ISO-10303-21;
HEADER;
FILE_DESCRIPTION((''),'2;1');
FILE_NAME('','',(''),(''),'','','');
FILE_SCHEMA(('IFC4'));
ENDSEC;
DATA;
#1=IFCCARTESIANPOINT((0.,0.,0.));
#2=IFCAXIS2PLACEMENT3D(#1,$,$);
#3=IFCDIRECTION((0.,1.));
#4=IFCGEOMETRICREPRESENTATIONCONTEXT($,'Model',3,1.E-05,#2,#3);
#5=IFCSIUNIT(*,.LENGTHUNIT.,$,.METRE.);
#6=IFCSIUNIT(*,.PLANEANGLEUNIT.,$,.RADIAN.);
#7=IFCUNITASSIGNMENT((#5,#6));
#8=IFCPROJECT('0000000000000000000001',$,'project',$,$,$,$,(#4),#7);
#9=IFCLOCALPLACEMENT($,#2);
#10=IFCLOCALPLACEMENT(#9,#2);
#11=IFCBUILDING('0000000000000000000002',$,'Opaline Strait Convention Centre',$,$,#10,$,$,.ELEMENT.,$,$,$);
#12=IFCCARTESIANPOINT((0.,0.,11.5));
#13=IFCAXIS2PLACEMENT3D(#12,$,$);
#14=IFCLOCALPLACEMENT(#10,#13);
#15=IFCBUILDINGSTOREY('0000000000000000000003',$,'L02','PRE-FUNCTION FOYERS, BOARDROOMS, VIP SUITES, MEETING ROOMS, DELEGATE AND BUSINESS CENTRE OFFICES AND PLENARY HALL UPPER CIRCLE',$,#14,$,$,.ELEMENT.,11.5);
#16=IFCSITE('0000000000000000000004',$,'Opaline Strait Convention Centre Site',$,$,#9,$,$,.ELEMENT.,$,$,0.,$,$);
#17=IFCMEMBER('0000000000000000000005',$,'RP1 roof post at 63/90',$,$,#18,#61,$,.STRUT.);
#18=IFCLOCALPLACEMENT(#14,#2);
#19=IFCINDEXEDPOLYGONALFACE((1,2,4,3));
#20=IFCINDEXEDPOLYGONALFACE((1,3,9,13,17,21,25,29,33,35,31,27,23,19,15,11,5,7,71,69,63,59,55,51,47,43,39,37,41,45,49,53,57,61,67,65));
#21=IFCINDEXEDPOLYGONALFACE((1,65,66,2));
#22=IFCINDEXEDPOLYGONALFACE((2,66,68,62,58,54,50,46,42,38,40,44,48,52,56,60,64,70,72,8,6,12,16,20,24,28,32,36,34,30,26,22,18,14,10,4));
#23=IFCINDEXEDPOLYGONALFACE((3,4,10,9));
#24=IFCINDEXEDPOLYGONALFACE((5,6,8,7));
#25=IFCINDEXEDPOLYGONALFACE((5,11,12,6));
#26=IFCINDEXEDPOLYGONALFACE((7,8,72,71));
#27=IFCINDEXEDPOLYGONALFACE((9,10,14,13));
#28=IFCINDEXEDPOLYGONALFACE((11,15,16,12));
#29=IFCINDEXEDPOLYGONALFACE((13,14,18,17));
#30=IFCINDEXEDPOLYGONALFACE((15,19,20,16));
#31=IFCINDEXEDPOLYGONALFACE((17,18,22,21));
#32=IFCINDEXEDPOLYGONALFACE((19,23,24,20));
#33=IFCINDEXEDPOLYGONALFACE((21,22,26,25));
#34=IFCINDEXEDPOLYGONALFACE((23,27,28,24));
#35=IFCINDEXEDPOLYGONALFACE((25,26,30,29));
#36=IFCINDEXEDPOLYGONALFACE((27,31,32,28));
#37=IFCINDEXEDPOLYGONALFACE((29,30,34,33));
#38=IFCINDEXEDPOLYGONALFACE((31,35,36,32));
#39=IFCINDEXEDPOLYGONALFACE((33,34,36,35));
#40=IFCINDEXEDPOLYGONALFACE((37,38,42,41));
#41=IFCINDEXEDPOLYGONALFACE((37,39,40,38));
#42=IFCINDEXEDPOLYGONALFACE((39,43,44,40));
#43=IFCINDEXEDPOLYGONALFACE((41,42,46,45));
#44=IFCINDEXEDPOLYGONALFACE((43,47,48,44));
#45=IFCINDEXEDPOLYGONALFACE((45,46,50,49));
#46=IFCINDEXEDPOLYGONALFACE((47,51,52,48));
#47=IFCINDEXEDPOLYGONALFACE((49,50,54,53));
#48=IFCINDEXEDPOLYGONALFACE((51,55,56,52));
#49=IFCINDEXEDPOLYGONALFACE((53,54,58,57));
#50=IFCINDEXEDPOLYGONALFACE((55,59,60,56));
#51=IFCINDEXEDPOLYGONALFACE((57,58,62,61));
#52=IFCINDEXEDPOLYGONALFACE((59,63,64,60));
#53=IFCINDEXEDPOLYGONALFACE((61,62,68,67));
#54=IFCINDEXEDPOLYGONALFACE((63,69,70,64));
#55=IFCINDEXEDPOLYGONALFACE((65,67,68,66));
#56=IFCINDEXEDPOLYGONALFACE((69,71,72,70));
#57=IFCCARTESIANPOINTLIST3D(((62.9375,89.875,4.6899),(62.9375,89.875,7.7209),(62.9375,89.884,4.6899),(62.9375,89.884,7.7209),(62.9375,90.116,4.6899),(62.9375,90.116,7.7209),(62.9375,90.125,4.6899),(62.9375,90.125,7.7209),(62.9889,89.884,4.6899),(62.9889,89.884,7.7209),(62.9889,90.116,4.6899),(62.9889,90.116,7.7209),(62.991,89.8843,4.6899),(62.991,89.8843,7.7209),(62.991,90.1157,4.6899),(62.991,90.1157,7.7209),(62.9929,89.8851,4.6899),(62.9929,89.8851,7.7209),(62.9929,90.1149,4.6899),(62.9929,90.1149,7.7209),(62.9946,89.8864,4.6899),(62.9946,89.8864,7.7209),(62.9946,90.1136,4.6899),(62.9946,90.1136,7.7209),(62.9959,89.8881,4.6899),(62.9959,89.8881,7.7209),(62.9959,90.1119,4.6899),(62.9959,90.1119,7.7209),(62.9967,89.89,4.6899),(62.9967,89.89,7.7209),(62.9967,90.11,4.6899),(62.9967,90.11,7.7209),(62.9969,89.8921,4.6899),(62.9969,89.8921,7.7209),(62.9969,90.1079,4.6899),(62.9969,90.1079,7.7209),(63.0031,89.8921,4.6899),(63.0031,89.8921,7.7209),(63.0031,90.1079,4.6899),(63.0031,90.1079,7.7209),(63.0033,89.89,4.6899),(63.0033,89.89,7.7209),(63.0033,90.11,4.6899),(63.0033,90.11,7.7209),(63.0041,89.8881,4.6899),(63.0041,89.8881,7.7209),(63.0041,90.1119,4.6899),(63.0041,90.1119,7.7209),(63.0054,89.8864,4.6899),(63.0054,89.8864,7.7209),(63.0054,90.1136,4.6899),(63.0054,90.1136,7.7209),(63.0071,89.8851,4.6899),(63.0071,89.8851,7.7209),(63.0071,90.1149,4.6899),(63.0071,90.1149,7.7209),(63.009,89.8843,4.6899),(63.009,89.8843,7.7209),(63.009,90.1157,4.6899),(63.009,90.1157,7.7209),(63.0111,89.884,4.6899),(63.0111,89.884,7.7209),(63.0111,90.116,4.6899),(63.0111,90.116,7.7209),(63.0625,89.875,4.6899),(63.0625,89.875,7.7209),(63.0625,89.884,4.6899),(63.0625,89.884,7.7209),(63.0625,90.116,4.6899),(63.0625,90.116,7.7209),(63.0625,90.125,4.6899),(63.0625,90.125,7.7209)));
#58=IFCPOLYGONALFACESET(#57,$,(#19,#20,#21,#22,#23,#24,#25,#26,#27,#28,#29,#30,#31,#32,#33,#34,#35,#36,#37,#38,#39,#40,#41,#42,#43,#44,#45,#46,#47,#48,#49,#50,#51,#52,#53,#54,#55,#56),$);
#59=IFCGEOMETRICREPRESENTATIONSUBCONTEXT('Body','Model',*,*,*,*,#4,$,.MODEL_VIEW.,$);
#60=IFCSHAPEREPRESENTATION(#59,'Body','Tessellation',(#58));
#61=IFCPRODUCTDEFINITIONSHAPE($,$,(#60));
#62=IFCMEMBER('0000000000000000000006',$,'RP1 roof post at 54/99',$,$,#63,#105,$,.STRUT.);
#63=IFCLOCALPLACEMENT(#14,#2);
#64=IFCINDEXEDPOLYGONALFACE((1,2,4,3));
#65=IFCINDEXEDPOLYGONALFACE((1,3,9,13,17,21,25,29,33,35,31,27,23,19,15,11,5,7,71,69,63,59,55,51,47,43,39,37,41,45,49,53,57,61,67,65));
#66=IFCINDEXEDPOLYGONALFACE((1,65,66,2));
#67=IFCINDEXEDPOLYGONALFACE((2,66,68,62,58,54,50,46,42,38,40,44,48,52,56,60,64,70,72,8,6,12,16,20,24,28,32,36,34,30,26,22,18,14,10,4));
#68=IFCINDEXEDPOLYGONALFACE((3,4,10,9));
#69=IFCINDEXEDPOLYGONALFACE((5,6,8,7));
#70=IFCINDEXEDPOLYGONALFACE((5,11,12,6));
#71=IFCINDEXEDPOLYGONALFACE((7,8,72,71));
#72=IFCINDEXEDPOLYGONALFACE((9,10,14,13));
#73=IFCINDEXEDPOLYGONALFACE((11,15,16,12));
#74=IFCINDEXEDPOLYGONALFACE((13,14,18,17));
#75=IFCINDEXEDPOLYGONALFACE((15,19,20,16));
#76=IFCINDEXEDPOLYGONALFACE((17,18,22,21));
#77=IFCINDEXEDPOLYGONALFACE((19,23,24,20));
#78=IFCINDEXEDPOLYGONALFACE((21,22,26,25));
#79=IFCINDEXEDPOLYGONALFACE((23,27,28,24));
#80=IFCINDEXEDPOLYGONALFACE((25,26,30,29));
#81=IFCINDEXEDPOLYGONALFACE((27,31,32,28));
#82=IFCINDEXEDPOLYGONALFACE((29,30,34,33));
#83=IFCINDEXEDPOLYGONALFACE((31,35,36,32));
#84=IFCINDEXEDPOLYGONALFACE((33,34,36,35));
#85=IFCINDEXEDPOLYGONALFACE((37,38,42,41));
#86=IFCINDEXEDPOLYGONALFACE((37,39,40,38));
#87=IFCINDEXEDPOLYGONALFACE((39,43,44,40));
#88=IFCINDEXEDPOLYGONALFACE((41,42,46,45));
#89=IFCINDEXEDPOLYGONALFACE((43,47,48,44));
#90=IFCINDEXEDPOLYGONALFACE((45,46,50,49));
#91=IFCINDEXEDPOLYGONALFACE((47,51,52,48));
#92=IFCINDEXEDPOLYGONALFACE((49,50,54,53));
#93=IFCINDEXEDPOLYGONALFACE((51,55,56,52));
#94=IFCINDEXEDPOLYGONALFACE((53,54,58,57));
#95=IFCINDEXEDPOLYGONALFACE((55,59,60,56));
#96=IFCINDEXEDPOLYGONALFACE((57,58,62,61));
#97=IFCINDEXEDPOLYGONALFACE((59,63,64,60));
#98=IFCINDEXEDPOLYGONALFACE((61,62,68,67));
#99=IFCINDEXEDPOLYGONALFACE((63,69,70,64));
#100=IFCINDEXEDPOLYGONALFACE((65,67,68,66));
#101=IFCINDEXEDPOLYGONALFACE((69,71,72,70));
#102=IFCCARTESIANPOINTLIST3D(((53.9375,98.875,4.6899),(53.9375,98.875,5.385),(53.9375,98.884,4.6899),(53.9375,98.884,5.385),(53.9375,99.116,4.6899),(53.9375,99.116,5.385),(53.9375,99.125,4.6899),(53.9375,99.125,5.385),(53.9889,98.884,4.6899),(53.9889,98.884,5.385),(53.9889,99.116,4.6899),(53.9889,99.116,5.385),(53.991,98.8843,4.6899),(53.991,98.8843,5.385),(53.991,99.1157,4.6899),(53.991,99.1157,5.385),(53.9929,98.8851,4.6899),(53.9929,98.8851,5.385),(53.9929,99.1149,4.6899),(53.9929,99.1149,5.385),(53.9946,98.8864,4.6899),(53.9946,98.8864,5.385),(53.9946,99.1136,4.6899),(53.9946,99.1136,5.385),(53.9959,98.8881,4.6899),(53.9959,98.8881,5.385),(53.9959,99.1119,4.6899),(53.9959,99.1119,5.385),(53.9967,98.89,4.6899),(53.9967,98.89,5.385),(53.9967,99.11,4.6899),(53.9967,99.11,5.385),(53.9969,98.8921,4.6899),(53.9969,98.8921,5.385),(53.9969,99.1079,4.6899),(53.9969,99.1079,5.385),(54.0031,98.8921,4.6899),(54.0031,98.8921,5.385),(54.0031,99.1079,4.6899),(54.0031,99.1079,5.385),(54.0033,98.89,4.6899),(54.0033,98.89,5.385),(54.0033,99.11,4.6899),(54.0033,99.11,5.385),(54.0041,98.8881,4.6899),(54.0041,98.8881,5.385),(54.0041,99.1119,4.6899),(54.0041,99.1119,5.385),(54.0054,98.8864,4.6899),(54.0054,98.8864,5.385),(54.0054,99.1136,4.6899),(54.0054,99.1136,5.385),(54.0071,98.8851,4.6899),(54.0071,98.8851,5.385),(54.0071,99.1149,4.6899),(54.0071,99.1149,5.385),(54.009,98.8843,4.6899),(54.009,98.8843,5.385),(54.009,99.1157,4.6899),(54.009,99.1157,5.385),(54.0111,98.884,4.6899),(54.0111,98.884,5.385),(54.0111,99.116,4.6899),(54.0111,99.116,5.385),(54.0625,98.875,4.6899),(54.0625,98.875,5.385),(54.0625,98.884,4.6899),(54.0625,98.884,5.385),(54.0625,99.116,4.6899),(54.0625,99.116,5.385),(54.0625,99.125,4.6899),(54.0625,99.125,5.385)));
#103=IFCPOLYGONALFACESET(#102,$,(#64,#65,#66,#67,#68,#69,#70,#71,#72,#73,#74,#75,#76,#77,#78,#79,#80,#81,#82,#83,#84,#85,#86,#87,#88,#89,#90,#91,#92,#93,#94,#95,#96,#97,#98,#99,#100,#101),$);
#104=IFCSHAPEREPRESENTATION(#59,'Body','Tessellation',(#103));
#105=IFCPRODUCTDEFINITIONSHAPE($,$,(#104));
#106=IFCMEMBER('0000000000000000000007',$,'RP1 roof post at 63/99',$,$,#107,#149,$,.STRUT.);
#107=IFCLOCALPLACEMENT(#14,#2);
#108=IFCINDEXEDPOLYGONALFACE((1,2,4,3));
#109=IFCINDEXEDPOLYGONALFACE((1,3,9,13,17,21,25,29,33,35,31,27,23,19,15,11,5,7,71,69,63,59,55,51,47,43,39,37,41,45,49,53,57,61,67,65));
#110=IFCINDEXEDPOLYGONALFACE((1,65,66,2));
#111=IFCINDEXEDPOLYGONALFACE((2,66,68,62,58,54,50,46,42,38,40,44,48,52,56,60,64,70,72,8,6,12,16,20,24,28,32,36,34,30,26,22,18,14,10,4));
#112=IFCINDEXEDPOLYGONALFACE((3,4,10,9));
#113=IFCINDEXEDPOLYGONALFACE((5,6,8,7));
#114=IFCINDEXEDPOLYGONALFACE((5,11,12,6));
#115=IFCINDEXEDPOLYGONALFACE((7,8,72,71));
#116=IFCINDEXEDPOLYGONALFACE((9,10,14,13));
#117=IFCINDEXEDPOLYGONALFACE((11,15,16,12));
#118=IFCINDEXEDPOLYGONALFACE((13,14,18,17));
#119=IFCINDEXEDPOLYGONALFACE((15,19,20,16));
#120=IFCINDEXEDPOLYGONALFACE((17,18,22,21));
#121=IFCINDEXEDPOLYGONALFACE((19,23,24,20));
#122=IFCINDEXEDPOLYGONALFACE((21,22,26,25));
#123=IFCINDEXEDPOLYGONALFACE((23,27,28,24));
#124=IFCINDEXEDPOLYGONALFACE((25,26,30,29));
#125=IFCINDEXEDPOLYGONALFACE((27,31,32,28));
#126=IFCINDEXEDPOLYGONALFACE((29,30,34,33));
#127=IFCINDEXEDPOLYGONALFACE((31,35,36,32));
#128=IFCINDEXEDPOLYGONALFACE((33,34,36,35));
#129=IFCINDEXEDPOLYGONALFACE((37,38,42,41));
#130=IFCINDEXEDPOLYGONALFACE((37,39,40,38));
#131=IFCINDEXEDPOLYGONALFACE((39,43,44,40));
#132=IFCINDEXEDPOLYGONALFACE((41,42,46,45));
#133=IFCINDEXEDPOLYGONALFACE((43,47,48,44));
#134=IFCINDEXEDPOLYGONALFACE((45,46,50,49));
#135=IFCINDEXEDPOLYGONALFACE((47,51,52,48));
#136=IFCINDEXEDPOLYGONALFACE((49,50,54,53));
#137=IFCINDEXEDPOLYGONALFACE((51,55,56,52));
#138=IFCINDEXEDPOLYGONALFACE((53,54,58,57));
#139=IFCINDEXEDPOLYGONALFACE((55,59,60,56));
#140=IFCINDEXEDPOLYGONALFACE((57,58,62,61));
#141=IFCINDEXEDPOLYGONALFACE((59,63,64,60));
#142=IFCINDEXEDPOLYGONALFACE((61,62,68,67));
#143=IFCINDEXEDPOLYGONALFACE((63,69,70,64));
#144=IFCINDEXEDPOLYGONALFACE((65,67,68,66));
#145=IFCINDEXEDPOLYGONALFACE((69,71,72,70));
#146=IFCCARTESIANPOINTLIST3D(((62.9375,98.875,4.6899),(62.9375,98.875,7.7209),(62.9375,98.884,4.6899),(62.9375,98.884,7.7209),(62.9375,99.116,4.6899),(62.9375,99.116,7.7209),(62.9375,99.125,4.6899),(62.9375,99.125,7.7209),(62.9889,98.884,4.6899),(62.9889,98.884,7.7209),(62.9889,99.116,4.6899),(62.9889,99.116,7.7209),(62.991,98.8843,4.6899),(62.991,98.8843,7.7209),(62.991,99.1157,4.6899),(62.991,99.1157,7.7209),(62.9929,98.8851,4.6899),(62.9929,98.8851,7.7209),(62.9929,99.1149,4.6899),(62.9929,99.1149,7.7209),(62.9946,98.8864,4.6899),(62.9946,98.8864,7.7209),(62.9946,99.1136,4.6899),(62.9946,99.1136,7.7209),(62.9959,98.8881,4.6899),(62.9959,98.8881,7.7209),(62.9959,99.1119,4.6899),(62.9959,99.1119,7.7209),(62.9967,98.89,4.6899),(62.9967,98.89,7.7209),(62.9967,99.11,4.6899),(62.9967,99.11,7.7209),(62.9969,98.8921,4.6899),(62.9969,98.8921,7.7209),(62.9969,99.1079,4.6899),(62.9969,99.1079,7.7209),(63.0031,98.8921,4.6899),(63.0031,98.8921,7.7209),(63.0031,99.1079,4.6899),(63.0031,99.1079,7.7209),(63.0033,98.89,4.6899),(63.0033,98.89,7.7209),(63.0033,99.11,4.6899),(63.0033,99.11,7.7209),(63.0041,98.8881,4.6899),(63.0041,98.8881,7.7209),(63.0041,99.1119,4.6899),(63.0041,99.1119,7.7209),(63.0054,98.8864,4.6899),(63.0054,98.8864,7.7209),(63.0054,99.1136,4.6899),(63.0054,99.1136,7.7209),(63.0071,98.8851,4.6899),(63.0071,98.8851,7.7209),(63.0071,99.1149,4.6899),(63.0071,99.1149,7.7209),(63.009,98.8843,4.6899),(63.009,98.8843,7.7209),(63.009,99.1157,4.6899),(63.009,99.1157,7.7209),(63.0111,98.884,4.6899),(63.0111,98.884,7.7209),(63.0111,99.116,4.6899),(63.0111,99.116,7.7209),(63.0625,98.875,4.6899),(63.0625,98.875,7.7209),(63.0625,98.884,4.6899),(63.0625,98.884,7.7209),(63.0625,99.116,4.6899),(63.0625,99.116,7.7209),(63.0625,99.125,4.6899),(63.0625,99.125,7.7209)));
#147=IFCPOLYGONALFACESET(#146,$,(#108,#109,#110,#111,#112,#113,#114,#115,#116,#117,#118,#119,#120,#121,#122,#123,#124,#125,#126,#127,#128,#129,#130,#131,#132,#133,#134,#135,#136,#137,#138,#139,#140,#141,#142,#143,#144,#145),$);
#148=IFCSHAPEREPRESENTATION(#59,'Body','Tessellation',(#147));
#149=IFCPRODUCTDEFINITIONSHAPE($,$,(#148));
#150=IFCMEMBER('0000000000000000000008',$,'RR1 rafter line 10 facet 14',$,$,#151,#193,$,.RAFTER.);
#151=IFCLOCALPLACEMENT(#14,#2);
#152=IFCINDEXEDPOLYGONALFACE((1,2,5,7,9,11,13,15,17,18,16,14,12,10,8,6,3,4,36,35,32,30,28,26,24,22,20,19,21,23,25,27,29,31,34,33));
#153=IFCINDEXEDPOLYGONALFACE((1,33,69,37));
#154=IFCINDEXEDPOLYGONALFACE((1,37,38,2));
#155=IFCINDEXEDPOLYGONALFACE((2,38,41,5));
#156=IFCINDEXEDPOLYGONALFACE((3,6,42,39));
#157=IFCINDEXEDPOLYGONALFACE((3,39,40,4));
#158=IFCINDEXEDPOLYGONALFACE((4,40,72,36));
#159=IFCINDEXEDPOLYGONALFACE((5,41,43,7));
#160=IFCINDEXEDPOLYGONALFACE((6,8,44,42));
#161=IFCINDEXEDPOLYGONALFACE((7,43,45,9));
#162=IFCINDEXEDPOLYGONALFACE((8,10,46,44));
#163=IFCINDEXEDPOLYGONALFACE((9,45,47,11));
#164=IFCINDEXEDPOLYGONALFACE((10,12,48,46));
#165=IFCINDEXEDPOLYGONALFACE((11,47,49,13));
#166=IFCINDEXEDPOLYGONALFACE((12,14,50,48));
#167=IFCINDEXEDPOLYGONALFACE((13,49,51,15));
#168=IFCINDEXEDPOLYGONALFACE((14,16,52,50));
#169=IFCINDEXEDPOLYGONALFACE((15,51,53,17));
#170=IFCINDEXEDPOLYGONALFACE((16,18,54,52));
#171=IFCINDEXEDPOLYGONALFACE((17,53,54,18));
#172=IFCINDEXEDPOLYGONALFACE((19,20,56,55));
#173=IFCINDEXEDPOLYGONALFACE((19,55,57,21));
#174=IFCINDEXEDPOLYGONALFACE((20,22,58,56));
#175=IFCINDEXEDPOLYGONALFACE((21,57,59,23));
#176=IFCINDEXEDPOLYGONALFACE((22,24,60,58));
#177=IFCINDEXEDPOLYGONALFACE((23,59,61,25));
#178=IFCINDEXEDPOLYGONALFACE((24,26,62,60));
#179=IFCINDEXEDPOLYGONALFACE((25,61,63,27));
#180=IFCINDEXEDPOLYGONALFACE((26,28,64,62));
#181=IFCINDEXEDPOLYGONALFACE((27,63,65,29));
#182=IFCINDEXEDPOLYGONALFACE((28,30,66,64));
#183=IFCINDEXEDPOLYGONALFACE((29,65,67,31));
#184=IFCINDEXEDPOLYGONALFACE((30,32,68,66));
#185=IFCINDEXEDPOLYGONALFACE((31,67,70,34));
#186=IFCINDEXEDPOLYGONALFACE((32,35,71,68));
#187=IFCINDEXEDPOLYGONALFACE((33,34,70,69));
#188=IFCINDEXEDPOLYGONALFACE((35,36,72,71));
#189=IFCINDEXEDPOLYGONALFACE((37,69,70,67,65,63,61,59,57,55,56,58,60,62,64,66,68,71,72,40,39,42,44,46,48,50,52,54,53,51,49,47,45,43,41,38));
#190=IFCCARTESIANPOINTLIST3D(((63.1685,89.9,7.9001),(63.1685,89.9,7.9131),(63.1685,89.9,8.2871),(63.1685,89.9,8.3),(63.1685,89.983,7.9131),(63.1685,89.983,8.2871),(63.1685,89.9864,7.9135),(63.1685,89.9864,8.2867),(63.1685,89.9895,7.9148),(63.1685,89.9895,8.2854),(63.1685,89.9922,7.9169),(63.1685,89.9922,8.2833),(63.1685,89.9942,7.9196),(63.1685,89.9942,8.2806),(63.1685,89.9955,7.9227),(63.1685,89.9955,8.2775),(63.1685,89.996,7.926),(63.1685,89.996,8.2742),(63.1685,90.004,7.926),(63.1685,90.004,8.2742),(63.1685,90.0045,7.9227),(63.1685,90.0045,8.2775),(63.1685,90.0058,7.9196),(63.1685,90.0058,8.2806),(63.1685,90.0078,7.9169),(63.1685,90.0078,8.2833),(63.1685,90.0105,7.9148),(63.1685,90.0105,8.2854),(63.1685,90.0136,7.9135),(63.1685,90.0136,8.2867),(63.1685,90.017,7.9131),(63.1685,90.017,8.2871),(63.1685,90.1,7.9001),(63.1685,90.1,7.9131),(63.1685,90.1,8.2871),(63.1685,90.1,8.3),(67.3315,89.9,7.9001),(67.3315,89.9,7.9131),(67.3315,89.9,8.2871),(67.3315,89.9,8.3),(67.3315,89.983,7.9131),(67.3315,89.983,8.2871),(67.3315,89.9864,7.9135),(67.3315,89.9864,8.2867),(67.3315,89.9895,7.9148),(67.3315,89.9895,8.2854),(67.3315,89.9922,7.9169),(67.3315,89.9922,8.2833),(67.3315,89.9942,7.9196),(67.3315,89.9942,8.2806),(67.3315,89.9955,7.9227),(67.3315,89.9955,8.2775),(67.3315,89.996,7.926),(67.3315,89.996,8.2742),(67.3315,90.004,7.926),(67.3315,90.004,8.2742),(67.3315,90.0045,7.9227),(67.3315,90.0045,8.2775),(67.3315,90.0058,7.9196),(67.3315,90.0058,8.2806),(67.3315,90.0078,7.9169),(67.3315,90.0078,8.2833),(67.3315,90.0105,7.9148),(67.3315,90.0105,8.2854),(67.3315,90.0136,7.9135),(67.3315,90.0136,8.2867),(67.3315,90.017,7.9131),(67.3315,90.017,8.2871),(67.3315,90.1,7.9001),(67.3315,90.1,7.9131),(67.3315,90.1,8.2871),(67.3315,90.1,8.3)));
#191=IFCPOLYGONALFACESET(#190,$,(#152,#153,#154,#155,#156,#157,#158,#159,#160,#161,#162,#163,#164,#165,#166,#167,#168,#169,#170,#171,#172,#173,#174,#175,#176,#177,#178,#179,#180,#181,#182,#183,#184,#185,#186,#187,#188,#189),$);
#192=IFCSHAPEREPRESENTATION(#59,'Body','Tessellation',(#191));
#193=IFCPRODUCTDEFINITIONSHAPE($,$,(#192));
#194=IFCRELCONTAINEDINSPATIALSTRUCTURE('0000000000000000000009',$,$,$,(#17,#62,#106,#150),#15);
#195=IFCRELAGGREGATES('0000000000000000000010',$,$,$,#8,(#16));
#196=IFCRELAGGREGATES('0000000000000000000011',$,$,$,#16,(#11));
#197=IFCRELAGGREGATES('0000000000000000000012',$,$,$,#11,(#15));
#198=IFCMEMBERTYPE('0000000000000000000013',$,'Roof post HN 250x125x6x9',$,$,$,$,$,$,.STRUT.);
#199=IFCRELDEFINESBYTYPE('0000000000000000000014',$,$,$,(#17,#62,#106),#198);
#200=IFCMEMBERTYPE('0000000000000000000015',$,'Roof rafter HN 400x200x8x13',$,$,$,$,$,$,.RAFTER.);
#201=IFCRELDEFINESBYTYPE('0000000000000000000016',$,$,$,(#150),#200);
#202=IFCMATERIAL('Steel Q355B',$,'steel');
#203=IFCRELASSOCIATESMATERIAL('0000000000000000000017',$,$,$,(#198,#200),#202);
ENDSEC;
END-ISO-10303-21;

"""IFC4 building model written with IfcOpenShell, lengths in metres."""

from ifc_helpers import new_model, si_unit, direction, frame, origin, origin_2d, place, context, subcontext, project, spatial, i_section, extrude, material, material_profile, profile_set, type_object, element, save


model = new_model("IFC4")

# Units and contexts
model_context = context("Model", 3, precision=1e-05, world=origin(), true_north=direction((0.0, 1.0)))
body_context = subcontext(model_context, "Body", "Model", "MODEL_VIEW")
ifc_project = project(units=[si_unit("LENGTHUNIT", "METRE"), si_unit("PLANEANGLEUNIT", "RADIAN")], contexts=[model_context])

# Site, building, storey
site_placement = place(None, origin())
site = spatial("IfcSite", under=ifc_project, at=site_placement, Name="Opaline Strait Convention Centre Site", CompositionType="ELEMENT", RefElevation=0.0)
building_placement = place(site_placement, origin())
building = spatial("IfcBuilding", under=site, at=building_placement, Name="Opaline Strait Convention Centre", CompositionType="ELEMENT")
storey_placement = place(building_placement, frame((0.0, 0.0, 11.5)))
storey = spatial("IfcBuildingStorey", under=building, at=storey_placement, Name="L02", Description="PRE-FUNCTION FOYERS, BOARDROOMS, VIP SUITES, MEETING ROOMS, DELEGATE AND BUSINESS CENTRE OFFICES AND PLENARY HALL UPPER CIRCLE", CompositionType="ELEMENT", Elevation=11.5)

# Shared definitions
ifc_material_1 = material(Name="Steel Q355B", Category="steel")

# Members
ifc_material_profile_1 = material_profile(ifc_material_1, i_section(OverallWidth=0.125, OverallDepth=0.25, WebThickness=0.0061, FlangeThickness=0.009, FilletRadius=0.0081, at=origin_2d()), Name="HN 250x125x6x9")
ifc_profile_set_1 = profile_set([ifc_material_profile_1], Name="Steel Q355B")
member_type_1 = type_object("IfcMemberType", Name="Roof post HN 250x125x6x9", PredefinedType="STRUT", material=ifc_profile_set_1)
member_1_placement = place(storey_placement, frame((63.0, 90.0, 4.6899), z_axis=(0.0, 0.0, 1.0), x_axis=(1.0, 0.0, 0.0)))
element("IfcMember", 1, at=member_1_placement, inside=storey, type_object=member_type_1, Name="RP1 roof post at 63/90", PredefinedType="STRUT", context=body_context, shape_type="SweptSolid", body=[
    extrude(i_section(OverallWidth=0.125, OverallDepth=0.25, WebThickness=0.0061, FlangeThickness=0.009, FilletRadius=0.0081, at=origin_2d()), origin(), (0.0, 0.0, 1.0), 3.031),
])
member_2_placement = place(storey_placement, frame((54.0, 99.0, 4.6899), z_axis=(0.0, 0.0, 1.0), x_axis=(1.0, 0.0, 0.0)))
element("IfcMember", 2, at=member_2_placement, inside=storey, type_object=member_type_1, Name="RP1 roof post at 54/99", PredefinedType="STRUT", context=body_context, shape_type="SweptSolid", body=[
    extrude(i_section(OverallWidth=0.125, OverallDepth=0.25, WebThickness=0.0061, FlangeThickness=0.009, FilletRadius=0.0081, at=origin_2d()), origin(), (0.0, 0.0, 1.0), 0.6951),
])
member_3_placement = place(storey_placement, frame((63.0, 99.0, 4.6899), z_axis=(0.0, 0.0, 1.0), x_axis=(1.0, 0.0, 0.0)))
element("IfcMember", 3, at=member_3_placement, inside=storey, type_object=member_type_1, Name="RP1 roof post at 63/99", PredefinedType="STRUT", context=body_context, shape_type="SweptSolid", body=[
    extrude(i_section(OverallWidth=0.125, OverallDepth=0.25, WebThickness=0.0061, FlangeThickness=0.009, FilletRadius=0.0081, at=origin_2d()), origin(), (0.0, 0.0, 1.0), 3.031),
])
ifc_material_profile_2 = material_profile(ifc_material_1, i_section(OverallWidth=0.2, OverallDepth=0.3999, WebThickness=0.0081, FlangeThickness=0.0129, FilletRadius=0.0129, at=origin_2d()), Name="HN 400x200x8x13")
ifc_profile_set_2 = profile_set([ifc_material_profile_2], Name="Steel Q355B")
member_type_2 = type_object("IfcMemberType", Name="Roof rafter HN 400x200x8x13", PredefinedType="RAFTER", material=ifc_profile_set_2)
member_4_placement = place(storey_placement, frame((63.1685, 90.0, 8.1001), z_axis=(1.0, 0.0, 0.0), x_axis=(0.0, 1.0, 0.0)))
element("IfcMember", 4, at=member_4_placement, inside=storey, type_object=member_type_2, Name="RR1 rafter line 10 facet 14", PredefinedType="RAFTER", context=body_context, shape_type="SweptSolid", body=[
    extrude(i_section(OverallWidth=0.2, OverallDepth=0.3999, WebThickness=0.0081, FlangeThickness=0.0129, FilletRadius=0.0129, at=origin_2d()), origin(), (0.0, 0.0, 1.0), 4.1631),
])

save(model, "model.ifc")
